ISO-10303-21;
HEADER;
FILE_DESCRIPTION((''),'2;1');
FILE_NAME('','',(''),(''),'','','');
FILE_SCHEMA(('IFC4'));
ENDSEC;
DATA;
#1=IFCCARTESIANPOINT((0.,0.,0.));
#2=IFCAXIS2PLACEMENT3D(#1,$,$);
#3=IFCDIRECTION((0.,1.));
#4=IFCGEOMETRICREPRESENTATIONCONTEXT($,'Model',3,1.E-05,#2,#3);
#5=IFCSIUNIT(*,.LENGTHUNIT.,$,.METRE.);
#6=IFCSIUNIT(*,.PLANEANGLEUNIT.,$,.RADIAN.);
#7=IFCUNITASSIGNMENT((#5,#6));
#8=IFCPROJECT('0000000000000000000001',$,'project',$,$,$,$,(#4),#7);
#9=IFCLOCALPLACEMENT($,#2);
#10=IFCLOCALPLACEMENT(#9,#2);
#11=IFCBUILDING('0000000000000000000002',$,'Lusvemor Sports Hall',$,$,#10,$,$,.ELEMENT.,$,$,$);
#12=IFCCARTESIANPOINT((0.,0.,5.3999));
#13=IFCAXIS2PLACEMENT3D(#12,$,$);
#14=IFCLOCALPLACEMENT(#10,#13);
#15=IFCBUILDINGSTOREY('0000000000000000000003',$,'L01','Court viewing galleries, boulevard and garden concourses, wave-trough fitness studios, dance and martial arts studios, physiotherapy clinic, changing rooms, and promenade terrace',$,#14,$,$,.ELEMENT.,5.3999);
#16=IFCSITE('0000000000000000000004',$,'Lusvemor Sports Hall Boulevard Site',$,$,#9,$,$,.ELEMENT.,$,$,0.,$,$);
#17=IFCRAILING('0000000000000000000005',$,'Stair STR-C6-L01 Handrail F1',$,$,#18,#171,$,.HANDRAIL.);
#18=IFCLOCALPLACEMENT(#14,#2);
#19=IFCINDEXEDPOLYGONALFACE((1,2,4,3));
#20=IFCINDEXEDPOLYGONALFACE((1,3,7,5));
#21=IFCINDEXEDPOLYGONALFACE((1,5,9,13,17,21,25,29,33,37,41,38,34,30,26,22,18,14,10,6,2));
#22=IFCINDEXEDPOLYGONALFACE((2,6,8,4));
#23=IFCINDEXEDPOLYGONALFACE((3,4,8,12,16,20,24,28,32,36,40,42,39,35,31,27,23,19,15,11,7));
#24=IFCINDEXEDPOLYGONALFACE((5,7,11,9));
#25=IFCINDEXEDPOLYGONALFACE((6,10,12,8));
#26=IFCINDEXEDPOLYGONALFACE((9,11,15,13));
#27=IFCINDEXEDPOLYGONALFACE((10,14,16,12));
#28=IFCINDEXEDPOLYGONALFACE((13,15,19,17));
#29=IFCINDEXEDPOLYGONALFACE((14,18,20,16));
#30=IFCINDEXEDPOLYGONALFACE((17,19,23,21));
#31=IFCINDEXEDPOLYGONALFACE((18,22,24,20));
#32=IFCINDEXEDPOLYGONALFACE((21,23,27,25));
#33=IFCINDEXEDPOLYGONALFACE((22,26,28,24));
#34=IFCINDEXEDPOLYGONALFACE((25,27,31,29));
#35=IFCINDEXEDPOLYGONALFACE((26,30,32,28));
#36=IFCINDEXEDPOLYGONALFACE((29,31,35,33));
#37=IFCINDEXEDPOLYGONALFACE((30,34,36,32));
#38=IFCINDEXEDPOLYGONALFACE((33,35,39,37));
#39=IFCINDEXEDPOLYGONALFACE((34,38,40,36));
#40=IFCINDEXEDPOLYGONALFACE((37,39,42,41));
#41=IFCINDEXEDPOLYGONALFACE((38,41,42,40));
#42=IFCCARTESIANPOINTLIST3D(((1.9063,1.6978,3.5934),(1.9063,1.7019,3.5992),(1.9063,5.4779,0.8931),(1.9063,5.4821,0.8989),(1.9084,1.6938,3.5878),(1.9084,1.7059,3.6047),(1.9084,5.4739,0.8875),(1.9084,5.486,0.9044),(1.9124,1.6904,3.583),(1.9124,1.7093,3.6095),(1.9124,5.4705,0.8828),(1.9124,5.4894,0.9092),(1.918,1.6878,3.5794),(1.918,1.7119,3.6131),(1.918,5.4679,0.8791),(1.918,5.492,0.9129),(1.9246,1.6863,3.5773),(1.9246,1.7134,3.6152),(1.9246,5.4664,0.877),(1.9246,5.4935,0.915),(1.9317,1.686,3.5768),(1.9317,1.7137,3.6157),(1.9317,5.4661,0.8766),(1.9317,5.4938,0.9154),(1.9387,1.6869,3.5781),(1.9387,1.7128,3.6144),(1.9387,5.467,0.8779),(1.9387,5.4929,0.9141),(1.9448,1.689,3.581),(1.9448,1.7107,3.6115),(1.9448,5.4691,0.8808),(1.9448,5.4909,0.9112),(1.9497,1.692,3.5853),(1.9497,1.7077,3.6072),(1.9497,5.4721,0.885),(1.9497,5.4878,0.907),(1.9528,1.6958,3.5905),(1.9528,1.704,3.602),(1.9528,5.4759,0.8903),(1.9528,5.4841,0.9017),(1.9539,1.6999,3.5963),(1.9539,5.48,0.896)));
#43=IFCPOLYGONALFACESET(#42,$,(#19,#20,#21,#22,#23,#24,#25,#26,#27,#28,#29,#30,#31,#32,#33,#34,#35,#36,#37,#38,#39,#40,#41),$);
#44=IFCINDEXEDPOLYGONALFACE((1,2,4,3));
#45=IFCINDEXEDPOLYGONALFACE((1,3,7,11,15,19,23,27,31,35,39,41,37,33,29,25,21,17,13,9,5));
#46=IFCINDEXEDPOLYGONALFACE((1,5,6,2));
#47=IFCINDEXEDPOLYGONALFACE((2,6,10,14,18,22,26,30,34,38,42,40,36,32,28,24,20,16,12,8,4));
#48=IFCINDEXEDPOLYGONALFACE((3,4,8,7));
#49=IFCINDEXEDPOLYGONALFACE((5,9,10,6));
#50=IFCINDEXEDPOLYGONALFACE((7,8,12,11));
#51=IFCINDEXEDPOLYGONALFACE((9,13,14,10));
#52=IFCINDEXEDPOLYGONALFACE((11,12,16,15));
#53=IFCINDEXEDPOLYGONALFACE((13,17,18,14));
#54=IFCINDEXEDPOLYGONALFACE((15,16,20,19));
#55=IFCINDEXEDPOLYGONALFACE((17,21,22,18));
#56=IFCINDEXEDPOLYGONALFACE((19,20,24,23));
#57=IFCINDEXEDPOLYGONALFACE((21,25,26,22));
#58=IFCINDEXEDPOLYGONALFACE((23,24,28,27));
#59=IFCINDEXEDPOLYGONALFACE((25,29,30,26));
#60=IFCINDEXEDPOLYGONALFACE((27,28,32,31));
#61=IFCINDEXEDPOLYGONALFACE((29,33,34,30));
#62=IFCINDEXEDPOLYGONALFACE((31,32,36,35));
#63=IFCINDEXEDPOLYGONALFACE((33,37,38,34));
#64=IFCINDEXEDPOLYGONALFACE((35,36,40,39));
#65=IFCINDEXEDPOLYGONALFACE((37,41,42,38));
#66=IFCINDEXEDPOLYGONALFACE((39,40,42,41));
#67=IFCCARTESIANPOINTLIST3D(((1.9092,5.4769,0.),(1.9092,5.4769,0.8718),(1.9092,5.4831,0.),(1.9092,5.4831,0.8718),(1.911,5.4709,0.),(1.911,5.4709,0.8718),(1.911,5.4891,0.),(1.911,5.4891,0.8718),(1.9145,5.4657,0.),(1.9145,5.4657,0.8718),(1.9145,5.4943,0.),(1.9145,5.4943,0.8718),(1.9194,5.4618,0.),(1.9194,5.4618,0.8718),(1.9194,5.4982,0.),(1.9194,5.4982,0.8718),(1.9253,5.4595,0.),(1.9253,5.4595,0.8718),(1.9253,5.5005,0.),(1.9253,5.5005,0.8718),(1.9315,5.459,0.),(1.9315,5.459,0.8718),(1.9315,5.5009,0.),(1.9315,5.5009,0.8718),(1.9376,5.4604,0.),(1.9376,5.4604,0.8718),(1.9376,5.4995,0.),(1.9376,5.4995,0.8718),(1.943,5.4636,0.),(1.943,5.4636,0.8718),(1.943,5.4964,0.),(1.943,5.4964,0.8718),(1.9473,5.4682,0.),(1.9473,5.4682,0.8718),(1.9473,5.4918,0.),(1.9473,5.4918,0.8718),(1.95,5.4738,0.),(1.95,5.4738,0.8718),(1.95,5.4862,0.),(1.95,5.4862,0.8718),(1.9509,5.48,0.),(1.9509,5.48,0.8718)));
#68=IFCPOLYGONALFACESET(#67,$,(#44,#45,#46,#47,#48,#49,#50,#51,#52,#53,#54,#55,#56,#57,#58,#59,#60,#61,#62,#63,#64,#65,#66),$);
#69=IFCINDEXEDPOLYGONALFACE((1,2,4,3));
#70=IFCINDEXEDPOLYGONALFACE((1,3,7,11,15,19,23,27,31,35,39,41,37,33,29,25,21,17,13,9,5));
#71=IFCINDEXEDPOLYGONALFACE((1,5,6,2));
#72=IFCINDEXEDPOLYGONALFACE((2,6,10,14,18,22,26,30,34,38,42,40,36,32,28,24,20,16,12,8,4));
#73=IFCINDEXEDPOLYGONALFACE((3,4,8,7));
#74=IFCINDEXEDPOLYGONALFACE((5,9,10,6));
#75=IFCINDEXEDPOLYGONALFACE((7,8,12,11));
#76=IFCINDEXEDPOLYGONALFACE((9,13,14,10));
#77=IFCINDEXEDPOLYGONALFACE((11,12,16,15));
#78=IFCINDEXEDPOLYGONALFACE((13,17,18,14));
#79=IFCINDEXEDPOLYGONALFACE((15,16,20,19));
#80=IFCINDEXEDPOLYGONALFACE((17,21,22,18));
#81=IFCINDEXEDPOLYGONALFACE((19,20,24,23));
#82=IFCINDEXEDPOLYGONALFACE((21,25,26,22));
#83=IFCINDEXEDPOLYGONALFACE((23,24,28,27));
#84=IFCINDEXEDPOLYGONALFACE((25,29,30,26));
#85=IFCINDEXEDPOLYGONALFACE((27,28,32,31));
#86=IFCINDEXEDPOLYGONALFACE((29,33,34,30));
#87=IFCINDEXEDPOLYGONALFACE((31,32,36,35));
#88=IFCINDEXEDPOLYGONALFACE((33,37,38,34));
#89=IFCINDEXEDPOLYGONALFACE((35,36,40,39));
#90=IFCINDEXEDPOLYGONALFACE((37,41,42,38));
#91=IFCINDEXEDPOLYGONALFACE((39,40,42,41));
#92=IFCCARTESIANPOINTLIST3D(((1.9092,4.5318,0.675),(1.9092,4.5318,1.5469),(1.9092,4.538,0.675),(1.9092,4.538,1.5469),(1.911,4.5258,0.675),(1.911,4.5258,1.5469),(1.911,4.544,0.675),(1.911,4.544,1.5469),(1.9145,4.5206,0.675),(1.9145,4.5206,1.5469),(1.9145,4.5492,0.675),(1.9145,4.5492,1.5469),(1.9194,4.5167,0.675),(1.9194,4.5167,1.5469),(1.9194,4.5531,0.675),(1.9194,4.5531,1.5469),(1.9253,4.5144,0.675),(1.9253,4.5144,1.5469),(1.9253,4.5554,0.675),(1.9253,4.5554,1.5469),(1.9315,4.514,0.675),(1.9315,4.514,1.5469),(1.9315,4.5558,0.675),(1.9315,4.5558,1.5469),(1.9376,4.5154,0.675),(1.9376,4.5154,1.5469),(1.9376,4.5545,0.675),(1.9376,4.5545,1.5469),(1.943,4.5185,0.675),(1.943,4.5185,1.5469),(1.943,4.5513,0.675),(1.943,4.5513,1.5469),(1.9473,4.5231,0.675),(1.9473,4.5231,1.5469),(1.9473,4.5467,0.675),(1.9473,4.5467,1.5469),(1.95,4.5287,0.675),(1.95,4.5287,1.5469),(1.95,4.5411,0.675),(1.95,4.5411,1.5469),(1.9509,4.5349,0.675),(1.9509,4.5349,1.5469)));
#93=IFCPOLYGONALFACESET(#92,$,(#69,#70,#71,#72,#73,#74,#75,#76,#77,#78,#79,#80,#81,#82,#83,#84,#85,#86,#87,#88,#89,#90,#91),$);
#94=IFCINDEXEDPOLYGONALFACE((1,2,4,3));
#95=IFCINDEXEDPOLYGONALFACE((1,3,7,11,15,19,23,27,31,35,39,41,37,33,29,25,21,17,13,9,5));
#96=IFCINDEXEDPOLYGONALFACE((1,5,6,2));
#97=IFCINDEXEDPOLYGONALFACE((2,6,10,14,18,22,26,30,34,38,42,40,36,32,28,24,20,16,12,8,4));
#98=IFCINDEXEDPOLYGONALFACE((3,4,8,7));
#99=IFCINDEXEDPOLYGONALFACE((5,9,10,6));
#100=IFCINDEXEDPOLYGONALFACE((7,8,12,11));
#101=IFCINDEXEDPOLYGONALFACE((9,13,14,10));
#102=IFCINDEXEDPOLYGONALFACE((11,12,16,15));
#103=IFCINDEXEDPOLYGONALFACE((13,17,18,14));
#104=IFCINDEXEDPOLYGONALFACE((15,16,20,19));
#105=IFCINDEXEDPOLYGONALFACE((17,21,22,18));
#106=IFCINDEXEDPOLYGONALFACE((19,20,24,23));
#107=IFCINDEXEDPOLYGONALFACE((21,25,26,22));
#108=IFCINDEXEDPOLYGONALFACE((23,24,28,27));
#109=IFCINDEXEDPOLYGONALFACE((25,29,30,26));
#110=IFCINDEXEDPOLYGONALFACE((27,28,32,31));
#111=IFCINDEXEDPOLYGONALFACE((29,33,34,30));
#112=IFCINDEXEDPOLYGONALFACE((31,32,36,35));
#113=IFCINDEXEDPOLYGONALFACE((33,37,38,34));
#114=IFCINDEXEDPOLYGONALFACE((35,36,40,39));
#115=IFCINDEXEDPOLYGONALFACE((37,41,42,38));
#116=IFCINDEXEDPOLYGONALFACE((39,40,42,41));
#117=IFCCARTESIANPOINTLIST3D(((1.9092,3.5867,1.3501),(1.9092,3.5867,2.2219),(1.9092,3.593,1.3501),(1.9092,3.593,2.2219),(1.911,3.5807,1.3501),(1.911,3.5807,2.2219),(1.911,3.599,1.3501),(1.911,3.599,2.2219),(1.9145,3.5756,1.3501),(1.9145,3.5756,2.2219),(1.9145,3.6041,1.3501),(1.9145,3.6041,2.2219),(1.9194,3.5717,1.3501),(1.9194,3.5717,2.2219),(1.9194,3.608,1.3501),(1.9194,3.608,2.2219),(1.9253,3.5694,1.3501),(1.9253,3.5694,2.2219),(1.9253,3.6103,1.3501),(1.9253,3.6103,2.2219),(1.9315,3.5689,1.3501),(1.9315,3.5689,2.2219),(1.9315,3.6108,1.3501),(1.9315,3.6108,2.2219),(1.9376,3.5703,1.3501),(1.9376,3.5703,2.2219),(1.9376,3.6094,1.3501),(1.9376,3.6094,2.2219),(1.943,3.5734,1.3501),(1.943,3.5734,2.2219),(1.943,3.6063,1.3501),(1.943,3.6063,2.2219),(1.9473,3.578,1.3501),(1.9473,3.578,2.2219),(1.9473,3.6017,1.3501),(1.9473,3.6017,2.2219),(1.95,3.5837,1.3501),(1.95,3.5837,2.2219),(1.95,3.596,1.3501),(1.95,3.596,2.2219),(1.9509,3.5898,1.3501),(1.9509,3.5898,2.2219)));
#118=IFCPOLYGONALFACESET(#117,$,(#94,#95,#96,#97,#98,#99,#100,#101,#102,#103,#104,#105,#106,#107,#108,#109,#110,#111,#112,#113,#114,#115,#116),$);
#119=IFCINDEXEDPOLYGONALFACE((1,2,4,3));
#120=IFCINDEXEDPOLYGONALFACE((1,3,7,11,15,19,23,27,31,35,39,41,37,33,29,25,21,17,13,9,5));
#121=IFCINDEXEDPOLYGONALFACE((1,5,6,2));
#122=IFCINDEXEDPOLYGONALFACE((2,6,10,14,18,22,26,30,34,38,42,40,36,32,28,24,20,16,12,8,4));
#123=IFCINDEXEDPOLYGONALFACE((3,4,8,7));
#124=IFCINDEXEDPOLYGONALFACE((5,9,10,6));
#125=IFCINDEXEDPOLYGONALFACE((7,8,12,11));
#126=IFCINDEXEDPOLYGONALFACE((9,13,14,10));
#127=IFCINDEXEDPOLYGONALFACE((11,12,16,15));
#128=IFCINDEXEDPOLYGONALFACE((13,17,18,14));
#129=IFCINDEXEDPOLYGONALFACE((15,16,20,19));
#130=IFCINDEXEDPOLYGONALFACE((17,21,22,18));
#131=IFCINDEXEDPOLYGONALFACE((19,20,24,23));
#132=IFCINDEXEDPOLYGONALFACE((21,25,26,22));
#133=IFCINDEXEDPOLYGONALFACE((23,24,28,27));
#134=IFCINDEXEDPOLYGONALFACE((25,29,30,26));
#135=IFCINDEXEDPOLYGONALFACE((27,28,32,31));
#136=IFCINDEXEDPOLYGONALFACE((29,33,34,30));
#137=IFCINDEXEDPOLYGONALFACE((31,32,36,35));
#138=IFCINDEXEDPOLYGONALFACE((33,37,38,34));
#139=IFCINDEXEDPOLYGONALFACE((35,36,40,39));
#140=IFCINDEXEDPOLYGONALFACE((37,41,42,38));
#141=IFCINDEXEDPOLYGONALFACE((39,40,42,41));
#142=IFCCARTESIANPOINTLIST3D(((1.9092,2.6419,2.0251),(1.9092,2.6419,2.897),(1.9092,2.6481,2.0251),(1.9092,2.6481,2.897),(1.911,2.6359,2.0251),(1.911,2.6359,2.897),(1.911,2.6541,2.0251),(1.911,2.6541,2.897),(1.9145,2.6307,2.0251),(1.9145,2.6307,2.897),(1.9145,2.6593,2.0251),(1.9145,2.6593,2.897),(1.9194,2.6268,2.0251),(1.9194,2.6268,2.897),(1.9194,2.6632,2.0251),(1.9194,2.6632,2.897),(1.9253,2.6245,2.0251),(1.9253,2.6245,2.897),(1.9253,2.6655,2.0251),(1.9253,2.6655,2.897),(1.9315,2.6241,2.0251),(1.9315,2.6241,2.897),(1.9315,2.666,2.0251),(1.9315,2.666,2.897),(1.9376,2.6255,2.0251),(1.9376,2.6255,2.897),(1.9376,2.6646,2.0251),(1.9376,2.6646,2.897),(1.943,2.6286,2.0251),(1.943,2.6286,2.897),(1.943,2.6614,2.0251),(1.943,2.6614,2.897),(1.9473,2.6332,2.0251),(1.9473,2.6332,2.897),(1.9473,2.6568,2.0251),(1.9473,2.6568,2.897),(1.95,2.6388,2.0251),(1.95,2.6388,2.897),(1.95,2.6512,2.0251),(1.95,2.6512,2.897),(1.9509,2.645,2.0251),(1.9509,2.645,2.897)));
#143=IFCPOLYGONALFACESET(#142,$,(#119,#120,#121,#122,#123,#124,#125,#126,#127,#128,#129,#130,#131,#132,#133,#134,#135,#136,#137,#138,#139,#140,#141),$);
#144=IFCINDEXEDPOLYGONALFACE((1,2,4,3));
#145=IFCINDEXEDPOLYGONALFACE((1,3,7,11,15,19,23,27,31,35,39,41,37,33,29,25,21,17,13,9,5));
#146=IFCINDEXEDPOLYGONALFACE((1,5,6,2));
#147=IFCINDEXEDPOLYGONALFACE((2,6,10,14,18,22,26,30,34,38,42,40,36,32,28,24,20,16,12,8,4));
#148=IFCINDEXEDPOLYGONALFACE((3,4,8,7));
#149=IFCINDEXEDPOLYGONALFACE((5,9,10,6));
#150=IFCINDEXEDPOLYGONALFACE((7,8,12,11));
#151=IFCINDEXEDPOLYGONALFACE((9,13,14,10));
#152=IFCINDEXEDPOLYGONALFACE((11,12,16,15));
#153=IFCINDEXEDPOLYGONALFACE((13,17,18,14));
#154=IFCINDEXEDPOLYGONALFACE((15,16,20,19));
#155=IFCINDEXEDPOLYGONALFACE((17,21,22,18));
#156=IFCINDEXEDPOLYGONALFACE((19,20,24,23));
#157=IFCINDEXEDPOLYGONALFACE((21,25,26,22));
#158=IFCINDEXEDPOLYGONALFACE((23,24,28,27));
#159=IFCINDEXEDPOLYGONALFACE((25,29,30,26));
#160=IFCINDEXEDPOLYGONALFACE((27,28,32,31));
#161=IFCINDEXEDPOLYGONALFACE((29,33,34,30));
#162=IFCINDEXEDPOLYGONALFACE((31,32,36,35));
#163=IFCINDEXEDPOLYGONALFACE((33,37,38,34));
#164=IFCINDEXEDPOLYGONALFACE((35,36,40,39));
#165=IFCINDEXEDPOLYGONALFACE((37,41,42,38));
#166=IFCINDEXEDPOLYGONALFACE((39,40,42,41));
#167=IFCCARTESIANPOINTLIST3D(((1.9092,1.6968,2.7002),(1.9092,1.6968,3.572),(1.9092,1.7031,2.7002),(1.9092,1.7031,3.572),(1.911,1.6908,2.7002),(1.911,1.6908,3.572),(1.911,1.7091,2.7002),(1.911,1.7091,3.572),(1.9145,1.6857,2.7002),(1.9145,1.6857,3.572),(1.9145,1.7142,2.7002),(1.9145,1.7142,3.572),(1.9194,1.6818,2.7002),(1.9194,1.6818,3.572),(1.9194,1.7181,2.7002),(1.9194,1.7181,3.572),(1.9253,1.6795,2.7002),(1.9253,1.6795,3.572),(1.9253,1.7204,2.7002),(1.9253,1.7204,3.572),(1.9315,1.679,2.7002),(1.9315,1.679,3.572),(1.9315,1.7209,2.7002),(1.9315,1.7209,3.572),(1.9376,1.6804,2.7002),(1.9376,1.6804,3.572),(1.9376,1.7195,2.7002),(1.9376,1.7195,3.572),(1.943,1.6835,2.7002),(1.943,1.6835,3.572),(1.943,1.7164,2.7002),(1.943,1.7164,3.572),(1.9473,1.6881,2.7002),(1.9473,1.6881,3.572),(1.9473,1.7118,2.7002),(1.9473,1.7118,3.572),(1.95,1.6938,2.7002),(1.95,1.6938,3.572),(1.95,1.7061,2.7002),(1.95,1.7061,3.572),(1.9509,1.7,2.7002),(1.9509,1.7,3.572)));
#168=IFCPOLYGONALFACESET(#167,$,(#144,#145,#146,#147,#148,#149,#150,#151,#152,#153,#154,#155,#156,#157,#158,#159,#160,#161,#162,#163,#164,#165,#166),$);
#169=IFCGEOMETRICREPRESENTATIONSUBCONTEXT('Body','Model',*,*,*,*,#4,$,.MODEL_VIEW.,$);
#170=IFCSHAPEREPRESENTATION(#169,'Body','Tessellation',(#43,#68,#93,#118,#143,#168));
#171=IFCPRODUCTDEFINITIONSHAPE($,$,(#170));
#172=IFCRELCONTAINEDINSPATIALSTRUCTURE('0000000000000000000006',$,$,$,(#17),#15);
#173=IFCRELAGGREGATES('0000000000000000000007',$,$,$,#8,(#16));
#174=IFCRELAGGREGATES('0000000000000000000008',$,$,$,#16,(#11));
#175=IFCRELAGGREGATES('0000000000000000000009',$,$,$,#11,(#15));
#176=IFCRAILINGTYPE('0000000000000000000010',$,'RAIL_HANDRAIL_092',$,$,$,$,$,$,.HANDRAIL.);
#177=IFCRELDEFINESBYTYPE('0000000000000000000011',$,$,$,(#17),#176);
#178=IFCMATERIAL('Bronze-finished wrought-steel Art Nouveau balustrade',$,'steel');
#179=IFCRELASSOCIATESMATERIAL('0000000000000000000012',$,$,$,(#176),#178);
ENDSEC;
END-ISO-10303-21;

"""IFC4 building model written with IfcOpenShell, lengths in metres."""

from ifc_helpers import new_model, si_unit, direction, frame, origin, origin_2d, place, context, subcontext, project, spatial, circle, extrude, material, type_object, element, save


model = new_model("IFC4")

# Units and contexts
model_context = context("Model", 3, precision=1e-05, world=origin(), true_north=direction((0.0, 1.0)))
body_context = subcontext(model_context, "Body", "Model", "MODEL_VIEW")
ifc_project = project(units=[si_unit("LENGTHUNIT", "METRE"), si_unit("PLANEANGLEUNIT", "RADIAN")], contexts=[model_context])

# Site, building, storey
site_placement = place(None, origin())
site = spatial("IfcSite", under=ifc_project, at=site_placement, Name="Lusvemor Sports Hall Boulevard Site", CompositionType="ELEMENT", RefElevation=0.0)
building_placement = place(site_placement, origin())
building = spatial("IfcBuilding", under=site, at=building_placement, Name="Lusvemor Sports Hall", CompositionType="ELEMENT")
storey_placement = place(building_placement, frame((0.0, 0.0, 5.3999)))
storey = spatial("IfcBuildingStorey", under=building, at=storey_placement, Name="L01", Description="Court viewing galleries, boulevard and garden concourses, wave-trough fitness studios, dance and martial arts studios, physiotherapy clinic, changing rooms, and promenade terrace", CompositionType="ELEMENT", Elevation=5.3999)

# Railing
ifc_material_1 = material(Name="Bronze-finished wrought-steel Art Nouveau balustrade", Category="steel")
railing_type_1 = type_object("IfcRailingType", Name="RAIL_HANDRAIL_092", PredefinedType="HANDRAIL", material=ifc_material_1)
railing_1_placement = place(storey_placement, frame((1.9299, 5.48, 0.0)))
element("IfcRailing", 1, at=railing_1_placement, inside=storey, type_object=railing_type_1, Name="Stair STR-C6-L01 Handrail F1", PredefinedType="HANDRAIL", context=body_context, shape_type="SweptSolid", body=[
    extrude(circle(Radius=0.0239, at=origin_2d()), frame((0.0, 0.0, 0.896), z_axis=(0.0, -0.813716, 0.581263), x_axis=(1.0, 0.0, 0.0)), (0.0, 0.0, 1.0), 4.6455),
    extrude(circle(Radius=0.021, at=origin_2d()), origin(), (0.0, 0.0, 1.0), 0.8718),
    extrude(circle(Radius=0.021, at=origin_2d()), frame((0.0, -0.9451, 0.675)), (0.0, 0.0, 1.0), 0.8718),
    extrude(circle(Radius=0.021, at=origin_2d()), frame((0.0, -1.8901, 1.3501)), (0.0, 0.0, 1.0), 0.8718),
    extrude(circle(Radius=0.021, at=origin_2d()), frame((0.0, -2.835, 2.0251)), (0.0, 0.0, 1.0), 0.8718),
    extrude(circle(Radius=0.021, at=origin_2d()), frame((0.0, -3.78, 2.7002)), (0.0, 0.0, 1.0), 0.8718),
])

save(model, "model.ifc")
